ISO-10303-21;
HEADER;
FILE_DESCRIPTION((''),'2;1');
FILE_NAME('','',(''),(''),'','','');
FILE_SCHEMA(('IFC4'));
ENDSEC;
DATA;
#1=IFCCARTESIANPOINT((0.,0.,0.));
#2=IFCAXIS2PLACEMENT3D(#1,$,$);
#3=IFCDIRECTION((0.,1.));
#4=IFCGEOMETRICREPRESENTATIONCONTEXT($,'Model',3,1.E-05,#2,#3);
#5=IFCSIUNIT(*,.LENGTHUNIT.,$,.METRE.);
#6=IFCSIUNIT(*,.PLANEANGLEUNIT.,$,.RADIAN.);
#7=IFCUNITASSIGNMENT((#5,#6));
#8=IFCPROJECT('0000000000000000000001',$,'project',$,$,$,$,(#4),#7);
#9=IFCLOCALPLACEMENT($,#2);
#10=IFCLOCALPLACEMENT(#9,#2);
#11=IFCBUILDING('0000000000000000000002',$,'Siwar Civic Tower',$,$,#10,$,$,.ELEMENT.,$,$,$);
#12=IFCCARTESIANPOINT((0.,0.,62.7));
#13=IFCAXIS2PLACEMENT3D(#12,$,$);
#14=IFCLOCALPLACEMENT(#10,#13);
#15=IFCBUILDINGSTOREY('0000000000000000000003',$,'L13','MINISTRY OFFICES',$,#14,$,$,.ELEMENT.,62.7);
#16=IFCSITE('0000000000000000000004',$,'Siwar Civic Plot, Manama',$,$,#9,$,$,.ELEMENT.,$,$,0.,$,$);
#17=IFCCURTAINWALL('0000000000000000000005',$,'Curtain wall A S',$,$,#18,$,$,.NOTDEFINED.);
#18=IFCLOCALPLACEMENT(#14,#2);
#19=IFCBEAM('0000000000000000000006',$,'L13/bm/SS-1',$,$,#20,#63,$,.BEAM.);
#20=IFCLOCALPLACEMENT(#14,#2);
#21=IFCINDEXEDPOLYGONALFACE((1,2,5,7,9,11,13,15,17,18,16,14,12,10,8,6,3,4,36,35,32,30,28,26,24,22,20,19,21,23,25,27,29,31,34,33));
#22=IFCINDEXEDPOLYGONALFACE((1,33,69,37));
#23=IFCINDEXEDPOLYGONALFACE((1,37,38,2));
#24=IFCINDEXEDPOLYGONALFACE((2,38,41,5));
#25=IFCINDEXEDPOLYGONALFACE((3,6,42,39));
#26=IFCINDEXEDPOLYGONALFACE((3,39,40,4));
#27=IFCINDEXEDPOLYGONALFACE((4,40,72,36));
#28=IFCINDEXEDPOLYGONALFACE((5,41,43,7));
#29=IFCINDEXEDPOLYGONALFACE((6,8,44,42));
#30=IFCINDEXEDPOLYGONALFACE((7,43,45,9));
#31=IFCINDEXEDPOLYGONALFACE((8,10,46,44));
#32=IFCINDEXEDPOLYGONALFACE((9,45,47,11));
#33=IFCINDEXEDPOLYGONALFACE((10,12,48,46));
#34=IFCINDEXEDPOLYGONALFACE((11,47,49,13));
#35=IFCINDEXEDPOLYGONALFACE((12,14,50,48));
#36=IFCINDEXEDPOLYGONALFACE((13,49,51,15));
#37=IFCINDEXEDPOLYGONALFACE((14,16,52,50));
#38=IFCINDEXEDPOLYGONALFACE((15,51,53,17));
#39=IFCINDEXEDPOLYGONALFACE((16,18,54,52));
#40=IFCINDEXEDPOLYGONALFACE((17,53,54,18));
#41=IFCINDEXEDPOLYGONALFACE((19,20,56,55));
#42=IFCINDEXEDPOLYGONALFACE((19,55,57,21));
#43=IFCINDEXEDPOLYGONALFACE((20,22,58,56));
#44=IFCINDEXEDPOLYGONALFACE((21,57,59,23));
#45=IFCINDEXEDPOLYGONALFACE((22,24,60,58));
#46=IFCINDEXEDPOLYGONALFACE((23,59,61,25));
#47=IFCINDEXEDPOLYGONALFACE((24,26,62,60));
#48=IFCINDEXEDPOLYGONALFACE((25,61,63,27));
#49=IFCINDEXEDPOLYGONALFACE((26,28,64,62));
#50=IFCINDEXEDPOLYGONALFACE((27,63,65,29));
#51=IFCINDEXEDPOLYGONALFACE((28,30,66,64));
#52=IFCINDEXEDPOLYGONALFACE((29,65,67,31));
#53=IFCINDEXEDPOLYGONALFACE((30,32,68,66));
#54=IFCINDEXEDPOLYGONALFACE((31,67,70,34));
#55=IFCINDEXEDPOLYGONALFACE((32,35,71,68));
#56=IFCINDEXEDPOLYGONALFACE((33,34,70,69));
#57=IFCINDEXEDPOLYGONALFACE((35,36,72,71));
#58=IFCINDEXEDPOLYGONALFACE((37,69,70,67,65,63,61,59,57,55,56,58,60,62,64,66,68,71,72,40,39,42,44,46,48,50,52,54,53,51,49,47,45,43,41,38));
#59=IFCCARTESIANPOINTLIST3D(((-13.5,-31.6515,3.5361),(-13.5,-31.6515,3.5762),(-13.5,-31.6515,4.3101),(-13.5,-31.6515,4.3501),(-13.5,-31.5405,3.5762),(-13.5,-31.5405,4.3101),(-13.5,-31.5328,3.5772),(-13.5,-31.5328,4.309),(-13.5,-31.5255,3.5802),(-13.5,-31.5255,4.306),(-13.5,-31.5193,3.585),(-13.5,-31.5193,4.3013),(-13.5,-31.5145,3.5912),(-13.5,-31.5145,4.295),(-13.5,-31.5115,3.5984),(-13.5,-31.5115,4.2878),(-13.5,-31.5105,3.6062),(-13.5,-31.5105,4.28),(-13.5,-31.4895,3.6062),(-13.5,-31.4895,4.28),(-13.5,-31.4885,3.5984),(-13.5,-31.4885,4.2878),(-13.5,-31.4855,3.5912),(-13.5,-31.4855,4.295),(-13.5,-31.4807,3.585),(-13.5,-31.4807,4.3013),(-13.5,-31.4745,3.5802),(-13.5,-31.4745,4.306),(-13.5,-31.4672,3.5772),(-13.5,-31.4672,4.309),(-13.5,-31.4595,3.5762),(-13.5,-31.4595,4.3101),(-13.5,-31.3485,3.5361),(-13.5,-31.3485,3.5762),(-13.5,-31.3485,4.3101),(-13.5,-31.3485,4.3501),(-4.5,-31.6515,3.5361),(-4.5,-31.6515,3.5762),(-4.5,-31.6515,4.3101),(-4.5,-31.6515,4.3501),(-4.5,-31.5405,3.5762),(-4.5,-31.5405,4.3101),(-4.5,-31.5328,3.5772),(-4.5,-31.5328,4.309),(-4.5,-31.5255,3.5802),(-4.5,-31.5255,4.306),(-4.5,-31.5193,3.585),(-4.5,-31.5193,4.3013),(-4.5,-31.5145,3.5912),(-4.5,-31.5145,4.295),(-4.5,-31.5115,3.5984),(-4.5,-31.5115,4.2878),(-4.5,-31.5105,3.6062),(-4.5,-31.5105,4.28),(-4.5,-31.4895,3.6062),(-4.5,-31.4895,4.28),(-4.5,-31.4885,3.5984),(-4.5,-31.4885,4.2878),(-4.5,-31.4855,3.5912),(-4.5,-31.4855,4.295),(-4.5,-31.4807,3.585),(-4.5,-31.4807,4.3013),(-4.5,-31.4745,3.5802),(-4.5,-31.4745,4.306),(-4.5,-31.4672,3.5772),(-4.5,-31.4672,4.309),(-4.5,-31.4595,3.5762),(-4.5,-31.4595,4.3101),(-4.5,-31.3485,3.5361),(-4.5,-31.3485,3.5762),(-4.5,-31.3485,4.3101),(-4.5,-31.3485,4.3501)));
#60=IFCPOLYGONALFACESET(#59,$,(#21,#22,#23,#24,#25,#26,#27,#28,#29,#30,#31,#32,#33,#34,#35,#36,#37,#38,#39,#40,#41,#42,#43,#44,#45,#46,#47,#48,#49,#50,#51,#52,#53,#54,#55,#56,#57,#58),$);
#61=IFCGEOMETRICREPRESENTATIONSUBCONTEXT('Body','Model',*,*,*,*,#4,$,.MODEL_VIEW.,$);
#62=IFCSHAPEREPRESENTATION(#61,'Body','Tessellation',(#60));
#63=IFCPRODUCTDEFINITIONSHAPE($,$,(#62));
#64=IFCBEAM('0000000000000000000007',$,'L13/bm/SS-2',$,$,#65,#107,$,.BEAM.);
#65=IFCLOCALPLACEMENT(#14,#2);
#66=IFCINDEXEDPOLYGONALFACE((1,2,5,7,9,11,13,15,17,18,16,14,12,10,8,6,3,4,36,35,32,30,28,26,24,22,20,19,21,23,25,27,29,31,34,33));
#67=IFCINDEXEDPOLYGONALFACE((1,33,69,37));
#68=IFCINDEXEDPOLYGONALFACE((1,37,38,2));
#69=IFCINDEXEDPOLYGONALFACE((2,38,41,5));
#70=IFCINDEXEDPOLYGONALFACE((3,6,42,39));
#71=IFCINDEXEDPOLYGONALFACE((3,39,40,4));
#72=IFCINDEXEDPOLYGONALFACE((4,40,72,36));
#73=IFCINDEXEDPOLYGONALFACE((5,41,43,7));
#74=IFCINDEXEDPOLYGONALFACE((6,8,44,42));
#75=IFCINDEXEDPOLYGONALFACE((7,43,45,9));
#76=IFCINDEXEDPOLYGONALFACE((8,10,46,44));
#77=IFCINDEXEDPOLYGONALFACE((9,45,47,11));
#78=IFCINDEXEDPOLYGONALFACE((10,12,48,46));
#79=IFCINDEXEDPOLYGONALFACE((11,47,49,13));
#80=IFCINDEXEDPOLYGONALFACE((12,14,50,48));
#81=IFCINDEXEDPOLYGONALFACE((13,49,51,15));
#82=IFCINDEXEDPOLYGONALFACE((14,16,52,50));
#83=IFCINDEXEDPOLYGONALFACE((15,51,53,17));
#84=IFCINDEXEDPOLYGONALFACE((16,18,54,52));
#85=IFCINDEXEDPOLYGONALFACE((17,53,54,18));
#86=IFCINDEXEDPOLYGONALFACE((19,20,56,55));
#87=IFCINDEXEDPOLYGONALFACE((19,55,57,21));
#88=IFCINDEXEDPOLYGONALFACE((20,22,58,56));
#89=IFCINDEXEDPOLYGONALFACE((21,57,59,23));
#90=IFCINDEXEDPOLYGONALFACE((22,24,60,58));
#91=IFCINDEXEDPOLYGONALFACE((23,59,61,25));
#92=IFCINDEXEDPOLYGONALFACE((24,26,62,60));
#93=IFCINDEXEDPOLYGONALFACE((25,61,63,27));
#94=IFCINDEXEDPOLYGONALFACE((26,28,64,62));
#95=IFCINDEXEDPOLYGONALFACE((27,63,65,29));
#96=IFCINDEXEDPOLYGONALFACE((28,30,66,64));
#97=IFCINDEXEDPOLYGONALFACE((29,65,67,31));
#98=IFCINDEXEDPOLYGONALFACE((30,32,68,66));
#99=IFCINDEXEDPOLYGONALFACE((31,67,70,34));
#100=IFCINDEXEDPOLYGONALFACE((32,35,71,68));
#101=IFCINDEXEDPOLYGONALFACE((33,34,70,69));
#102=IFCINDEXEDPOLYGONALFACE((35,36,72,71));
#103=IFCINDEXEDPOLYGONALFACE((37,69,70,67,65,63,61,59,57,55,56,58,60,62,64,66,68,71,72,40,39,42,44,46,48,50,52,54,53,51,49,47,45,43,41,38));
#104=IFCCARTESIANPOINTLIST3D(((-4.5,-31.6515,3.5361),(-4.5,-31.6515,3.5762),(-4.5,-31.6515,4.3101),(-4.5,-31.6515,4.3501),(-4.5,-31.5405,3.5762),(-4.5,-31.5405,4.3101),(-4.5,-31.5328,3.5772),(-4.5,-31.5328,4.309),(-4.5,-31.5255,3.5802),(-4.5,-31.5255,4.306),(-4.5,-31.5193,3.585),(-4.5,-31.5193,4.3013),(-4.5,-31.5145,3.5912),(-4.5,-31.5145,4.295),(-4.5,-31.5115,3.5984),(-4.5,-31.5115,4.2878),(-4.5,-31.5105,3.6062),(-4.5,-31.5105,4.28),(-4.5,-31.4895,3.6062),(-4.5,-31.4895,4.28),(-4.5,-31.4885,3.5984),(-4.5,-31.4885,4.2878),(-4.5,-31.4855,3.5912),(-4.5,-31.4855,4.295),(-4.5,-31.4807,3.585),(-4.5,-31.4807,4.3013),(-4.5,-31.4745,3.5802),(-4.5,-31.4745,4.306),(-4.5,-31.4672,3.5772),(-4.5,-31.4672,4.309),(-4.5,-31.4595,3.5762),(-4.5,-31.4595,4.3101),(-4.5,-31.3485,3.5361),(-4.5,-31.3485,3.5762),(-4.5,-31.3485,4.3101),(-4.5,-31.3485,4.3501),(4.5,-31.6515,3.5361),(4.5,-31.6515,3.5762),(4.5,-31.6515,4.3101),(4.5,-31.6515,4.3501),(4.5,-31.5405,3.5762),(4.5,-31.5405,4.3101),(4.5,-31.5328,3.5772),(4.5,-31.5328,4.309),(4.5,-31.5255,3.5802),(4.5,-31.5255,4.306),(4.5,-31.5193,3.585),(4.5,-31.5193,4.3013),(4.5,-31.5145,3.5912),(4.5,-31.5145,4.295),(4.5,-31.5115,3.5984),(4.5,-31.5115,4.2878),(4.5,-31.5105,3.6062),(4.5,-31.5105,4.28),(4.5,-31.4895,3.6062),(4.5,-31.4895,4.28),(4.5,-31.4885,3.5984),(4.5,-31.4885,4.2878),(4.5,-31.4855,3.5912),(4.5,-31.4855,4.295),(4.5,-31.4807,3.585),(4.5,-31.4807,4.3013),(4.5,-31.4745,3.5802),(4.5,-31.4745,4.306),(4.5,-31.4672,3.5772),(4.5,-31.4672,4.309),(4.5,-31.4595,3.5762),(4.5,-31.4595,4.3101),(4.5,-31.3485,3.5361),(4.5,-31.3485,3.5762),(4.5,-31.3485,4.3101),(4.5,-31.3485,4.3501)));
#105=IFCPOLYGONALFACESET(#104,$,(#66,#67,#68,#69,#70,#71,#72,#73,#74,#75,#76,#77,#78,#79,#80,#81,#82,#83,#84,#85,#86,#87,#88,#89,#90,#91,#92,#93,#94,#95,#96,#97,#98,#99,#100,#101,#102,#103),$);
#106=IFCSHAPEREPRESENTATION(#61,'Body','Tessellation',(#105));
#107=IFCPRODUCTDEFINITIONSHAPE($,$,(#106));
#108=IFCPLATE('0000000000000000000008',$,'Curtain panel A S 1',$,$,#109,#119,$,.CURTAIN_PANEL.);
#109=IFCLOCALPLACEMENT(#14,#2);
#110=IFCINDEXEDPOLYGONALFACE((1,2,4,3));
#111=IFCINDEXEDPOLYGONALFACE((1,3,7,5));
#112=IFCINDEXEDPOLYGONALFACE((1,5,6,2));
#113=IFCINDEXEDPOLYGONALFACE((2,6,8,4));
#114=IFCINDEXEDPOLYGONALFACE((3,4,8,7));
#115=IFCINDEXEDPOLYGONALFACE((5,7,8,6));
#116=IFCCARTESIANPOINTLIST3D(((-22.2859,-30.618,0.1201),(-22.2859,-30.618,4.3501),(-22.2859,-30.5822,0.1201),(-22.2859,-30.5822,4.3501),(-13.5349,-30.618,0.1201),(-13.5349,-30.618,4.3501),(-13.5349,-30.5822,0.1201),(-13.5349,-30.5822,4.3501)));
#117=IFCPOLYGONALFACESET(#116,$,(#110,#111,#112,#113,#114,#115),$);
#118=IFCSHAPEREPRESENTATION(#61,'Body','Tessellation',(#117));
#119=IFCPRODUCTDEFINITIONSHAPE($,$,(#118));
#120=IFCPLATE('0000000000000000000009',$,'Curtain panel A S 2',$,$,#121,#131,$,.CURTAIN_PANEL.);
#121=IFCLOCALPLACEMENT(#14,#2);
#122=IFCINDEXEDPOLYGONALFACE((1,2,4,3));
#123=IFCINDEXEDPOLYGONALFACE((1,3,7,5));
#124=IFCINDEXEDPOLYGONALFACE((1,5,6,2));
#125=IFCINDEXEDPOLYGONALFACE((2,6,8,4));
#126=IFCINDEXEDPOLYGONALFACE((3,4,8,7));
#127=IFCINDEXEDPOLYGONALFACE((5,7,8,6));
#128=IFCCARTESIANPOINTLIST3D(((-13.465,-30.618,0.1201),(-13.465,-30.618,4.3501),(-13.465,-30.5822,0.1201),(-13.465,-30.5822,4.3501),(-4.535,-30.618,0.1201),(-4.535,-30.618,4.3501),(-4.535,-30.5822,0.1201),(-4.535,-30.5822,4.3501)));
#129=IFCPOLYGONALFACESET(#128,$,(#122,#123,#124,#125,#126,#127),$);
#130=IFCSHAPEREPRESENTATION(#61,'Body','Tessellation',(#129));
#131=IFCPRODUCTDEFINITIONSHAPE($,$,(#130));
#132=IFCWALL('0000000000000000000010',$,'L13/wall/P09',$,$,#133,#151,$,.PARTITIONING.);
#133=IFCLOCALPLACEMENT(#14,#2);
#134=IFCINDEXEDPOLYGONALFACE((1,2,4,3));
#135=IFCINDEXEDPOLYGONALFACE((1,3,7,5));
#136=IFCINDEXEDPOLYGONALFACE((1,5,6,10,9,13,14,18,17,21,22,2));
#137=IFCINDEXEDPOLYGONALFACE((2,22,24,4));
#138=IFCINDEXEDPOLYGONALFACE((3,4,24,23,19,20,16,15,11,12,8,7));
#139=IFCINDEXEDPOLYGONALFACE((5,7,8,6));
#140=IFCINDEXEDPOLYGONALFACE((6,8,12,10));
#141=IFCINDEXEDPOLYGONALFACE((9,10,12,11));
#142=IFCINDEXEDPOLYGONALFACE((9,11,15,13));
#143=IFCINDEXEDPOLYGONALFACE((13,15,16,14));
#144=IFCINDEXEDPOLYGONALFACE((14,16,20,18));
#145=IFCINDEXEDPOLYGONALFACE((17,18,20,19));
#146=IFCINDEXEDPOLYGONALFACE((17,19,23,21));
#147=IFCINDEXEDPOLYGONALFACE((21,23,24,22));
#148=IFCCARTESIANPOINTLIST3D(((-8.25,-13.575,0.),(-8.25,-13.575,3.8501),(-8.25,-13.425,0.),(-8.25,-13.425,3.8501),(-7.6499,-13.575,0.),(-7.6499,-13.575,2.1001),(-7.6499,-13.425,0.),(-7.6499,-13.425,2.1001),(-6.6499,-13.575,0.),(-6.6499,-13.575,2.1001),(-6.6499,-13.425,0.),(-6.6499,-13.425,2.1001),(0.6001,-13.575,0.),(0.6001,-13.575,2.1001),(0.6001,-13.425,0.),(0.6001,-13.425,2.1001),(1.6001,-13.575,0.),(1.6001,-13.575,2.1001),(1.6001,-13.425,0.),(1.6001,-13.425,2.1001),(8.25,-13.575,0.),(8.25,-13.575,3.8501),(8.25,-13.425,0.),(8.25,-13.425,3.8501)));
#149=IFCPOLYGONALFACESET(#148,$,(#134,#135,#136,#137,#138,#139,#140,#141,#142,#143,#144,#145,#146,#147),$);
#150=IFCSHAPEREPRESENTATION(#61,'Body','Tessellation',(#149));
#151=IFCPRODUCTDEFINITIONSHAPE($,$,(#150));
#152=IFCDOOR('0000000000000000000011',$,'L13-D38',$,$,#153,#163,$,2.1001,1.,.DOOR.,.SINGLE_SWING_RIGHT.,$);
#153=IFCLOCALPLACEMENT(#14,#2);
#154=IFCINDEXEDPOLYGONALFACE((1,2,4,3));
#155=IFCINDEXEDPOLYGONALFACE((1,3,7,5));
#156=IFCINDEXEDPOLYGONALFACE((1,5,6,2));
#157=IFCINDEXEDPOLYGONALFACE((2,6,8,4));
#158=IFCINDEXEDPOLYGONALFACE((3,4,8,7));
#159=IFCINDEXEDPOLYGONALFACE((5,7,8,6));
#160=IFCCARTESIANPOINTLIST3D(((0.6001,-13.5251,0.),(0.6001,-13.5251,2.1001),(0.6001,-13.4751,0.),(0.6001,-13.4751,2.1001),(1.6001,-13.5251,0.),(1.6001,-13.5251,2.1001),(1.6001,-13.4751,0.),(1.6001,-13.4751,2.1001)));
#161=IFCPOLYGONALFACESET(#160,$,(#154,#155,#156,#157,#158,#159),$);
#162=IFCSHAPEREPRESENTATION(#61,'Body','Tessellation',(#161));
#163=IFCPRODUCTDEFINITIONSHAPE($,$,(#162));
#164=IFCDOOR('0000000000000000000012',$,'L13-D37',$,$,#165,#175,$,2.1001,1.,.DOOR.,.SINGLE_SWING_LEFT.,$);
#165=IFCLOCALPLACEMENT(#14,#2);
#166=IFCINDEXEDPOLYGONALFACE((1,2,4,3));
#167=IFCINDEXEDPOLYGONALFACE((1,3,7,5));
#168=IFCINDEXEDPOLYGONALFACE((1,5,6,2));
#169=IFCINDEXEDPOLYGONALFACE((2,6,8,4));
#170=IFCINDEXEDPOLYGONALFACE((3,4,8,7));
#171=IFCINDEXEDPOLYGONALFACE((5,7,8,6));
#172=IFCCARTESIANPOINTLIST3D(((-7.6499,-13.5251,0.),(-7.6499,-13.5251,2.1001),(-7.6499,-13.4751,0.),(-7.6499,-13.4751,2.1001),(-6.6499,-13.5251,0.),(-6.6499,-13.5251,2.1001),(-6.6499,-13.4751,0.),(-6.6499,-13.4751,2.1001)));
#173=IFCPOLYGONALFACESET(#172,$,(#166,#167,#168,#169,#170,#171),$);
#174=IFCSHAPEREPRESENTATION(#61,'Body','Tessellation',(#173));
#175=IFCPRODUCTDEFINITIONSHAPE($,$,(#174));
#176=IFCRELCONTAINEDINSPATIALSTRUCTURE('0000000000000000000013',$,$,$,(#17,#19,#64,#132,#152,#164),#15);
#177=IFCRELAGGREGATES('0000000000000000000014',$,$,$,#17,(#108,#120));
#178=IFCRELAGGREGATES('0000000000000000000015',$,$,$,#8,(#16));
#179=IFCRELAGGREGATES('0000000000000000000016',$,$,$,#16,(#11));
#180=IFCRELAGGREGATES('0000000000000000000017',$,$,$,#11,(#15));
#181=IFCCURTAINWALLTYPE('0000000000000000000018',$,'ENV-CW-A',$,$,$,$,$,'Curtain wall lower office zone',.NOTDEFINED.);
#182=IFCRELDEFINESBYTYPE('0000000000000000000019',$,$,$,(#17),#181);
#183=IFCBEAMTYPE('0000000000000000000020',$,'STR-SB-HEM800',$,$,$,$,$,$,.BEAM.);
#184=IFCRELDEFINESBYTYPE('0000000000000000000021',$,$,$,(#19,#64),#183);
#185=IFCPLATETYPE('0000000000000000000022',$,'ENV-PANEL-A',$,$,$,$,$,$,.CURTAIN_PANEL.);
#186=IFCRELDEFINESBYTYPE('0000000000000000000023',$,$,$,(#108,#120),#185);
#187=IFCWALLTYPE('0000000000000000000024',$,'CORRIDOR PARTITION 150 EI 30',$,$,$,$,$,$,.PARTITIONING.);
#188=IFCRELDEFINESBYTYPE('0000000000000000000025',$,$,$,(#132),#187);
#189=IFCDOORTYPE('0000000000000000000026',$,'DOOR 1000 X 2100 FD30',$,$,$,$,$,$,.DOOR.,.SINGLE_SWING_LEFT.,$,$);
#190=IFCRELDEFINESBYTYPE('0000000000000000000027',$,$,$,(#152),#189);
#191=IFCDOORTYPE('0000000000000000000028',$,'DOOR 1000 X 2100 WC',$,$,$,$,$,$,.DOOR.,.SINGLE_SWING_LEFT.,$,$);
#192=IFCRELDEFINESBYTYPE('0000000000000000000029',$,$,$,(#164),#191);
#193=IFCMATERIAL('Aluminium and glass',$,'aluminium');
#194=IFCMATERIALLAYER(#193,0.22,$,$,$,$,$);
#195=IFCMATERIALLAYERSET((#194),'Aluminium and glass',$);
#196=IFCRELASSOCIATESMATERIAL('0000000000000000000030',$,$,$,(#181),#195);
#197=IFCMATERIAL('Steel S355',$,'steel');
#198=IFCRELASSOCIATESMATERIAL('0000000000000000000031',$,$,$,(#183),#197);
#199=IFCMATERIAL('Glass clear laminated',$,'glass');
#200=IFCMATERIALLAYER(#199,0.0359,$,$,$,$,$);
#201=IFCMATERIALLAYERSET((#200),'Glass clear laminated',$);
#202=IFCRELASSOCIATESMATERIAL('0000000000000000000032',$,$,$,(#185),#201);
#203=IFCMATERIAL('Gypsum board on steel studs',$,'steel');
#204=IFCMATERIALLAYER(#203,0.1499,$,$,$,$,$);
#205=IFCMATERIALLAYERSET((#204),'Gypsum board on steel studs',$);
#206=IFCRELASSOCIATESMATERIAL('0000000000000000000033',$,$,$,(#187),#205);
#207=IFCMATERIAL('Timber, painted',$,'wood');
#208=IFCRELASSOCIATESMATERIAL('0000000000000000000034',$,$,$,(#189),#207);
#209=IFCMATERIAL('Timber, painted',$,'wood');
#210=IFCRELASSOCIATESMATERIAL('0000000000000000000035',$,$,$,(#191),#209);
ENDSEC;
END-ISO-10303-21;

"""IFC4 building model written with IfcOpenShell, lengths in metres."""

from ifc_helpers import new_model, si_unit, direction, frame, frame_2d, origin, origin_2d, place, context, subcontext, project, spatial, rectangle, i_section, extrude, material, layer, layer_set, material_profile, profile_set, type_object, element, fill, aggregate, save


model = new_model("IFC4")

# Units and contexts
model_context = context("Model", 3, precision=1e-05, world=origin(), true_north=direction((0.0, 1.0)))
body_context = subcontext(model_context, "Body", "Model", "MODEL_VIEW")
ifc_project = project(units=[si_unit("LENGTHUNIT", "METRE"), si_unit("PLANEANGLEUNIT", "RADIAN")], contexts=[model_context])

# Site, building, storey
site_placement = place(None, origin())
site = spatial("IfcSite", under=ifc_project, at=site_placement, Name="Siwar Civic Plot, Manama", CompositionType="ELEMENT", RefElevation=0.0)
building_placement = place(site_placement, origin())
building = spatial("IfcBuilding", under=site, at=building_placement, Name="Siwar Civic Tower", CompositionType="ELEMENT")
storey_placement = place(building_placement, frame((0.0, 0.0, 62.7)))
storey = spatial("IfcBuildingStorey", under=building, at=storey_placement, Name="L13", Description="MINISTRY OFFICES", CompositionType="ELEMENT", Elevation=62.7)

# Curtain wall
ifc_material_1 = material(Name="Aluminium and glass", Category="aluminium")
ifc_layer_1 = layer(ifc_material_1, 0.22)
ifc_layer_set_1 = layer_set([ifc_layer_1], Name="Aluminium and glass")
curtain_wall_type = type_object("IfcCurtainWallType", Name="ENV-CW-A", ElementType="Curtain wall lower office zone", PredefinedType="NOTDEFINED", material=ifc_layer_set_1)
curtain_wall_placement = place(storey_placement, origin())
curtain_wall = element("IfcCurtainWall", 1, at=curtain_wall_placement, inside=storey, type_object=curtain_wall_type, Name="Curtain wall A S", PredefinedType="NOTDEFINED")

# Beams
ifc_material_2 = material(Name="Steel S355", Category="steel")
ifc_material_profile_1 = material_profile(ifc_material_2, i_section(OverallWidth=0.303, OverallDepth=0.814, WebThickness=0.021, FlangeThickness=0.04, FilletRadius=0.03, at=origin_2d()), Name="HEM800")
ifc_profile_set_1 = profile_set([ifc_material_profile_1], Name="Steel S355")
beam_type_1 = type_object("IfcBeamType", Name="STR-SB-HEM800", PredefinedType="BEAM", material=ifc_profile_set_1)
for number, where, z_axis, x_axis, name in (
    (2, (-13.5, -31.5, 3.9431), (1.0, 0.0, 0.0), (0.0, 1.0, 0.0), "L13/bm/SS-1"),
    (3, (-4.5, -31.5, 3.9431), (1.0, 0.0, 0.0), (0.0, 1.0, 0.0), "L13/bm/SS-2"),
):
    element("IfcBeam", number, at=place(storey_placement, frame(where, z_axis=z_axis, x_axis=x_axis)), inside=storey, type_object=beam_type_1, Name=name, PredefinedType="BEAM", context=body_context, shape_type="SweptSolid", body=[
        extrude(i_section(OverallWidth=0.303, OverallDepth=0.814, WebThickness=0.021, FlangeThickness=0.04, FilletRadius=0.03, at=origin_2d()), origin(), (0.0, 0.0, 1.0), 9.0),
    ])

# Plates
ifc_material_3 = material(Name="Glass clear laminated", Category="glass")
ifc_layer_2 = layer(ifc_material_3, 0.0359)
ifc_layer_set_2 = layer_set([ifc_layer_2], Name="Glass clear laminated")
plate_type = type_object("IfcPlateType", Name="ENV-PANEL-A", PredefinedType="CURTAIN_PANEL", material=ifc_layer_set_2)
plate_1_placement = place(storey_placement, frame((-17.9104, -30.6001, 0.1201), z_axis=(0.0, 0.0, 1.0), x_axis=(1.0, 0.0, 0.0)))
plate_1 = element("IfcPlate", 4, at=plate_1_placement, type_object=plate_type, Name="Curtain panel A S 1", PredefinedType="CURTAIN_PANEL", context=body_context, shape_type="SweptSolid", body=[
    extrude(rectangle(XDim=8.751, YDim=0.0359, at=origin_2d()), origin(), (0.0, 0.0, 1.0), 4.23),
])
plate_2_placement = place(storey_placement, frame((-9.0, -30.6001, 0.1201), z_axis=(0.0, 0.0, 1.0), x_axis=(1.0, 0.0, 0.0)))
plate_2 = element("IfcPlate", 5, at=plate_2_placement, type_object=plate_type, Name="Curtain panel A S 2", PredefinedType="CURTAIN_PANEL", context=body_context, shape_type="SweptSolid", body=[
    extrude(rectangle(XDim=8.9299, YDim=0.0359, at=origin_2d()), origin(), (0.0, 0.0, 1.0), 4.23),
])
aggregate(curtain_wall, [plate_1, plate_2])

# Wall, openings, doors
ifc_material_4 = material(Name="Gypsum board on steel studs", Category="steel")
ifc_layer_3 = layer(ifc_material_4, 0.1499)
ifc_layer_set_3 = layer_set([ifc_layer_3], Name="Gypsum board on steel studs")
wall_type_1 = type_object("IfcWallType", Name="CORRIDOR PARTITION 150 EI 30", PredefinedType="PARTITIONING", material=ifc_layer_set_3)
wall_1_placement = place(storey_placement, frame((-8.25, -13.5, 0.0), z_axis=(0.0, 0.0, 1.0), x_axis=(1.0, 0.0, 0.0)))
wall_1 = element("IfcWall", 6, at=wall_1_placement, inside=storey, type_object=wall_type_1, Name="L13/wall/P09", PredefinedType="PARTITIONING", context=body_context, shape_type="SweptSolid", body=[
    extrude(rectangle(XDim=16.5, YDim=0.1499, at=frame_2d((8.25, 0.0))), origin(), (0.0, 0.0, 1.0), 3.8501),
])
opening_1_placement = place(wall_1_placement, frame((0.6001, 0.0, 0.0)))
opening_1 = element("IfcOpeningElement", 7, at=opening_1_placement, cuts=wall_1, PredefinedType="OPENING", context=body_context, shape_type="SweptSolid", body=[
    extrude(rectangle(XDim=1.0, YDim=2.1001, at=frame_2d((0.5, 1.05))), frame((0.0, 0.085, 0.0), z_axis=(0.0, -1.0, 0.0), x_axis=(1.0, 0.0, 0.0)), (0.0, 0.0, 1.0), 0.1699),
])
opening_2_placement = place(wall_1_placement, frame((8.8501, 0.0, 0.0)))
opening_2 = element("IfcOpeningElement", 8, at=opening_2_placement, cuts=wall_1, PredefinedType="OPENING", context=body_context, shape_type="SweptSolid", body=[
    extrude(rectangle(XDim=1.0, YDim=2.1001, at=frame_2d((0.5, 1.05))), frame((0.0, 0.085, 0.0), z_axis=(0.0, -1.0, 0.0), x_axis=(1.0, 0.0, 0.0)), (0.0, 0.0, 1.0), 0.1699),
])
ifc_material_5 = material(Name="Timber, painted", Category="wood")
door_type_1 = type_object("IfcDoorType", Name="DOOR 1000 X 2100 FD30", OperationType="SINGLE_SWING_LEFT", PredefinedType="DOOR", material=ifc_material_5)
door_1_placement = place(opening_2_placement, origin())
door_1 = element("IfcDoor", 9, at=door_1_placement, inside=storey, type_object=door_type_1, Name="L13-D38", OperationType="SINGLE_SWING_RIGHT", OverallHeight=2.1001, OverallWidth=1.0, PredefinedType="DOOR", context=body_context, shape_type="SweptSolid", body=[
    extrude(rectangle(XDim=1.0, YDim=2.1001, at=frame_2d((0.5, 1.05))), frame((0.0, 0.0249, 0.0), z_axis=(0.0, -1.0, 0.0), x_axis=(1.0, 0.0, 0.0)), (0.0, 0.0, 1.0), 0.05),
])
fill(opening_2, door_1)
ifc_material_6 = material(Name="Timber, painted", Category="wood")
door_type_2 = type_object("IfcDoorType", Name="DOOR 1000 X 2100 WC", OperationType="SINGLE_SWING_LEFT", PredefinedType="DOOR", material=ifc_material_6)
door_2_placement = place(opening_1_placement, origin())
door_2 = element("IfcDoor", 10, at=door_2_placement, inside=storey, type_object=door_type_2, Name="L13-D37", OperationType="SINGLE_SWING_LEFT", OverallHeight=2.1001, OverallWidth=1.0, PredefinedType="DOOR", context=body_context, shape_type="SweptSolid", body=[
    extrude(rectangle(XDim=1.0, YDim=2.1001, at=frame_2d((0.5, 1.05))), frame((0.0, 0.0249, 0.0), z_axis=(0.0, -1.0, 0.0), x_axis=(1.0, 0.0, 0.0)), (0.0, 0.0, 1.0), 0.05),
])
fill(opening_1, door_2)

save(model, "model.ifc")
